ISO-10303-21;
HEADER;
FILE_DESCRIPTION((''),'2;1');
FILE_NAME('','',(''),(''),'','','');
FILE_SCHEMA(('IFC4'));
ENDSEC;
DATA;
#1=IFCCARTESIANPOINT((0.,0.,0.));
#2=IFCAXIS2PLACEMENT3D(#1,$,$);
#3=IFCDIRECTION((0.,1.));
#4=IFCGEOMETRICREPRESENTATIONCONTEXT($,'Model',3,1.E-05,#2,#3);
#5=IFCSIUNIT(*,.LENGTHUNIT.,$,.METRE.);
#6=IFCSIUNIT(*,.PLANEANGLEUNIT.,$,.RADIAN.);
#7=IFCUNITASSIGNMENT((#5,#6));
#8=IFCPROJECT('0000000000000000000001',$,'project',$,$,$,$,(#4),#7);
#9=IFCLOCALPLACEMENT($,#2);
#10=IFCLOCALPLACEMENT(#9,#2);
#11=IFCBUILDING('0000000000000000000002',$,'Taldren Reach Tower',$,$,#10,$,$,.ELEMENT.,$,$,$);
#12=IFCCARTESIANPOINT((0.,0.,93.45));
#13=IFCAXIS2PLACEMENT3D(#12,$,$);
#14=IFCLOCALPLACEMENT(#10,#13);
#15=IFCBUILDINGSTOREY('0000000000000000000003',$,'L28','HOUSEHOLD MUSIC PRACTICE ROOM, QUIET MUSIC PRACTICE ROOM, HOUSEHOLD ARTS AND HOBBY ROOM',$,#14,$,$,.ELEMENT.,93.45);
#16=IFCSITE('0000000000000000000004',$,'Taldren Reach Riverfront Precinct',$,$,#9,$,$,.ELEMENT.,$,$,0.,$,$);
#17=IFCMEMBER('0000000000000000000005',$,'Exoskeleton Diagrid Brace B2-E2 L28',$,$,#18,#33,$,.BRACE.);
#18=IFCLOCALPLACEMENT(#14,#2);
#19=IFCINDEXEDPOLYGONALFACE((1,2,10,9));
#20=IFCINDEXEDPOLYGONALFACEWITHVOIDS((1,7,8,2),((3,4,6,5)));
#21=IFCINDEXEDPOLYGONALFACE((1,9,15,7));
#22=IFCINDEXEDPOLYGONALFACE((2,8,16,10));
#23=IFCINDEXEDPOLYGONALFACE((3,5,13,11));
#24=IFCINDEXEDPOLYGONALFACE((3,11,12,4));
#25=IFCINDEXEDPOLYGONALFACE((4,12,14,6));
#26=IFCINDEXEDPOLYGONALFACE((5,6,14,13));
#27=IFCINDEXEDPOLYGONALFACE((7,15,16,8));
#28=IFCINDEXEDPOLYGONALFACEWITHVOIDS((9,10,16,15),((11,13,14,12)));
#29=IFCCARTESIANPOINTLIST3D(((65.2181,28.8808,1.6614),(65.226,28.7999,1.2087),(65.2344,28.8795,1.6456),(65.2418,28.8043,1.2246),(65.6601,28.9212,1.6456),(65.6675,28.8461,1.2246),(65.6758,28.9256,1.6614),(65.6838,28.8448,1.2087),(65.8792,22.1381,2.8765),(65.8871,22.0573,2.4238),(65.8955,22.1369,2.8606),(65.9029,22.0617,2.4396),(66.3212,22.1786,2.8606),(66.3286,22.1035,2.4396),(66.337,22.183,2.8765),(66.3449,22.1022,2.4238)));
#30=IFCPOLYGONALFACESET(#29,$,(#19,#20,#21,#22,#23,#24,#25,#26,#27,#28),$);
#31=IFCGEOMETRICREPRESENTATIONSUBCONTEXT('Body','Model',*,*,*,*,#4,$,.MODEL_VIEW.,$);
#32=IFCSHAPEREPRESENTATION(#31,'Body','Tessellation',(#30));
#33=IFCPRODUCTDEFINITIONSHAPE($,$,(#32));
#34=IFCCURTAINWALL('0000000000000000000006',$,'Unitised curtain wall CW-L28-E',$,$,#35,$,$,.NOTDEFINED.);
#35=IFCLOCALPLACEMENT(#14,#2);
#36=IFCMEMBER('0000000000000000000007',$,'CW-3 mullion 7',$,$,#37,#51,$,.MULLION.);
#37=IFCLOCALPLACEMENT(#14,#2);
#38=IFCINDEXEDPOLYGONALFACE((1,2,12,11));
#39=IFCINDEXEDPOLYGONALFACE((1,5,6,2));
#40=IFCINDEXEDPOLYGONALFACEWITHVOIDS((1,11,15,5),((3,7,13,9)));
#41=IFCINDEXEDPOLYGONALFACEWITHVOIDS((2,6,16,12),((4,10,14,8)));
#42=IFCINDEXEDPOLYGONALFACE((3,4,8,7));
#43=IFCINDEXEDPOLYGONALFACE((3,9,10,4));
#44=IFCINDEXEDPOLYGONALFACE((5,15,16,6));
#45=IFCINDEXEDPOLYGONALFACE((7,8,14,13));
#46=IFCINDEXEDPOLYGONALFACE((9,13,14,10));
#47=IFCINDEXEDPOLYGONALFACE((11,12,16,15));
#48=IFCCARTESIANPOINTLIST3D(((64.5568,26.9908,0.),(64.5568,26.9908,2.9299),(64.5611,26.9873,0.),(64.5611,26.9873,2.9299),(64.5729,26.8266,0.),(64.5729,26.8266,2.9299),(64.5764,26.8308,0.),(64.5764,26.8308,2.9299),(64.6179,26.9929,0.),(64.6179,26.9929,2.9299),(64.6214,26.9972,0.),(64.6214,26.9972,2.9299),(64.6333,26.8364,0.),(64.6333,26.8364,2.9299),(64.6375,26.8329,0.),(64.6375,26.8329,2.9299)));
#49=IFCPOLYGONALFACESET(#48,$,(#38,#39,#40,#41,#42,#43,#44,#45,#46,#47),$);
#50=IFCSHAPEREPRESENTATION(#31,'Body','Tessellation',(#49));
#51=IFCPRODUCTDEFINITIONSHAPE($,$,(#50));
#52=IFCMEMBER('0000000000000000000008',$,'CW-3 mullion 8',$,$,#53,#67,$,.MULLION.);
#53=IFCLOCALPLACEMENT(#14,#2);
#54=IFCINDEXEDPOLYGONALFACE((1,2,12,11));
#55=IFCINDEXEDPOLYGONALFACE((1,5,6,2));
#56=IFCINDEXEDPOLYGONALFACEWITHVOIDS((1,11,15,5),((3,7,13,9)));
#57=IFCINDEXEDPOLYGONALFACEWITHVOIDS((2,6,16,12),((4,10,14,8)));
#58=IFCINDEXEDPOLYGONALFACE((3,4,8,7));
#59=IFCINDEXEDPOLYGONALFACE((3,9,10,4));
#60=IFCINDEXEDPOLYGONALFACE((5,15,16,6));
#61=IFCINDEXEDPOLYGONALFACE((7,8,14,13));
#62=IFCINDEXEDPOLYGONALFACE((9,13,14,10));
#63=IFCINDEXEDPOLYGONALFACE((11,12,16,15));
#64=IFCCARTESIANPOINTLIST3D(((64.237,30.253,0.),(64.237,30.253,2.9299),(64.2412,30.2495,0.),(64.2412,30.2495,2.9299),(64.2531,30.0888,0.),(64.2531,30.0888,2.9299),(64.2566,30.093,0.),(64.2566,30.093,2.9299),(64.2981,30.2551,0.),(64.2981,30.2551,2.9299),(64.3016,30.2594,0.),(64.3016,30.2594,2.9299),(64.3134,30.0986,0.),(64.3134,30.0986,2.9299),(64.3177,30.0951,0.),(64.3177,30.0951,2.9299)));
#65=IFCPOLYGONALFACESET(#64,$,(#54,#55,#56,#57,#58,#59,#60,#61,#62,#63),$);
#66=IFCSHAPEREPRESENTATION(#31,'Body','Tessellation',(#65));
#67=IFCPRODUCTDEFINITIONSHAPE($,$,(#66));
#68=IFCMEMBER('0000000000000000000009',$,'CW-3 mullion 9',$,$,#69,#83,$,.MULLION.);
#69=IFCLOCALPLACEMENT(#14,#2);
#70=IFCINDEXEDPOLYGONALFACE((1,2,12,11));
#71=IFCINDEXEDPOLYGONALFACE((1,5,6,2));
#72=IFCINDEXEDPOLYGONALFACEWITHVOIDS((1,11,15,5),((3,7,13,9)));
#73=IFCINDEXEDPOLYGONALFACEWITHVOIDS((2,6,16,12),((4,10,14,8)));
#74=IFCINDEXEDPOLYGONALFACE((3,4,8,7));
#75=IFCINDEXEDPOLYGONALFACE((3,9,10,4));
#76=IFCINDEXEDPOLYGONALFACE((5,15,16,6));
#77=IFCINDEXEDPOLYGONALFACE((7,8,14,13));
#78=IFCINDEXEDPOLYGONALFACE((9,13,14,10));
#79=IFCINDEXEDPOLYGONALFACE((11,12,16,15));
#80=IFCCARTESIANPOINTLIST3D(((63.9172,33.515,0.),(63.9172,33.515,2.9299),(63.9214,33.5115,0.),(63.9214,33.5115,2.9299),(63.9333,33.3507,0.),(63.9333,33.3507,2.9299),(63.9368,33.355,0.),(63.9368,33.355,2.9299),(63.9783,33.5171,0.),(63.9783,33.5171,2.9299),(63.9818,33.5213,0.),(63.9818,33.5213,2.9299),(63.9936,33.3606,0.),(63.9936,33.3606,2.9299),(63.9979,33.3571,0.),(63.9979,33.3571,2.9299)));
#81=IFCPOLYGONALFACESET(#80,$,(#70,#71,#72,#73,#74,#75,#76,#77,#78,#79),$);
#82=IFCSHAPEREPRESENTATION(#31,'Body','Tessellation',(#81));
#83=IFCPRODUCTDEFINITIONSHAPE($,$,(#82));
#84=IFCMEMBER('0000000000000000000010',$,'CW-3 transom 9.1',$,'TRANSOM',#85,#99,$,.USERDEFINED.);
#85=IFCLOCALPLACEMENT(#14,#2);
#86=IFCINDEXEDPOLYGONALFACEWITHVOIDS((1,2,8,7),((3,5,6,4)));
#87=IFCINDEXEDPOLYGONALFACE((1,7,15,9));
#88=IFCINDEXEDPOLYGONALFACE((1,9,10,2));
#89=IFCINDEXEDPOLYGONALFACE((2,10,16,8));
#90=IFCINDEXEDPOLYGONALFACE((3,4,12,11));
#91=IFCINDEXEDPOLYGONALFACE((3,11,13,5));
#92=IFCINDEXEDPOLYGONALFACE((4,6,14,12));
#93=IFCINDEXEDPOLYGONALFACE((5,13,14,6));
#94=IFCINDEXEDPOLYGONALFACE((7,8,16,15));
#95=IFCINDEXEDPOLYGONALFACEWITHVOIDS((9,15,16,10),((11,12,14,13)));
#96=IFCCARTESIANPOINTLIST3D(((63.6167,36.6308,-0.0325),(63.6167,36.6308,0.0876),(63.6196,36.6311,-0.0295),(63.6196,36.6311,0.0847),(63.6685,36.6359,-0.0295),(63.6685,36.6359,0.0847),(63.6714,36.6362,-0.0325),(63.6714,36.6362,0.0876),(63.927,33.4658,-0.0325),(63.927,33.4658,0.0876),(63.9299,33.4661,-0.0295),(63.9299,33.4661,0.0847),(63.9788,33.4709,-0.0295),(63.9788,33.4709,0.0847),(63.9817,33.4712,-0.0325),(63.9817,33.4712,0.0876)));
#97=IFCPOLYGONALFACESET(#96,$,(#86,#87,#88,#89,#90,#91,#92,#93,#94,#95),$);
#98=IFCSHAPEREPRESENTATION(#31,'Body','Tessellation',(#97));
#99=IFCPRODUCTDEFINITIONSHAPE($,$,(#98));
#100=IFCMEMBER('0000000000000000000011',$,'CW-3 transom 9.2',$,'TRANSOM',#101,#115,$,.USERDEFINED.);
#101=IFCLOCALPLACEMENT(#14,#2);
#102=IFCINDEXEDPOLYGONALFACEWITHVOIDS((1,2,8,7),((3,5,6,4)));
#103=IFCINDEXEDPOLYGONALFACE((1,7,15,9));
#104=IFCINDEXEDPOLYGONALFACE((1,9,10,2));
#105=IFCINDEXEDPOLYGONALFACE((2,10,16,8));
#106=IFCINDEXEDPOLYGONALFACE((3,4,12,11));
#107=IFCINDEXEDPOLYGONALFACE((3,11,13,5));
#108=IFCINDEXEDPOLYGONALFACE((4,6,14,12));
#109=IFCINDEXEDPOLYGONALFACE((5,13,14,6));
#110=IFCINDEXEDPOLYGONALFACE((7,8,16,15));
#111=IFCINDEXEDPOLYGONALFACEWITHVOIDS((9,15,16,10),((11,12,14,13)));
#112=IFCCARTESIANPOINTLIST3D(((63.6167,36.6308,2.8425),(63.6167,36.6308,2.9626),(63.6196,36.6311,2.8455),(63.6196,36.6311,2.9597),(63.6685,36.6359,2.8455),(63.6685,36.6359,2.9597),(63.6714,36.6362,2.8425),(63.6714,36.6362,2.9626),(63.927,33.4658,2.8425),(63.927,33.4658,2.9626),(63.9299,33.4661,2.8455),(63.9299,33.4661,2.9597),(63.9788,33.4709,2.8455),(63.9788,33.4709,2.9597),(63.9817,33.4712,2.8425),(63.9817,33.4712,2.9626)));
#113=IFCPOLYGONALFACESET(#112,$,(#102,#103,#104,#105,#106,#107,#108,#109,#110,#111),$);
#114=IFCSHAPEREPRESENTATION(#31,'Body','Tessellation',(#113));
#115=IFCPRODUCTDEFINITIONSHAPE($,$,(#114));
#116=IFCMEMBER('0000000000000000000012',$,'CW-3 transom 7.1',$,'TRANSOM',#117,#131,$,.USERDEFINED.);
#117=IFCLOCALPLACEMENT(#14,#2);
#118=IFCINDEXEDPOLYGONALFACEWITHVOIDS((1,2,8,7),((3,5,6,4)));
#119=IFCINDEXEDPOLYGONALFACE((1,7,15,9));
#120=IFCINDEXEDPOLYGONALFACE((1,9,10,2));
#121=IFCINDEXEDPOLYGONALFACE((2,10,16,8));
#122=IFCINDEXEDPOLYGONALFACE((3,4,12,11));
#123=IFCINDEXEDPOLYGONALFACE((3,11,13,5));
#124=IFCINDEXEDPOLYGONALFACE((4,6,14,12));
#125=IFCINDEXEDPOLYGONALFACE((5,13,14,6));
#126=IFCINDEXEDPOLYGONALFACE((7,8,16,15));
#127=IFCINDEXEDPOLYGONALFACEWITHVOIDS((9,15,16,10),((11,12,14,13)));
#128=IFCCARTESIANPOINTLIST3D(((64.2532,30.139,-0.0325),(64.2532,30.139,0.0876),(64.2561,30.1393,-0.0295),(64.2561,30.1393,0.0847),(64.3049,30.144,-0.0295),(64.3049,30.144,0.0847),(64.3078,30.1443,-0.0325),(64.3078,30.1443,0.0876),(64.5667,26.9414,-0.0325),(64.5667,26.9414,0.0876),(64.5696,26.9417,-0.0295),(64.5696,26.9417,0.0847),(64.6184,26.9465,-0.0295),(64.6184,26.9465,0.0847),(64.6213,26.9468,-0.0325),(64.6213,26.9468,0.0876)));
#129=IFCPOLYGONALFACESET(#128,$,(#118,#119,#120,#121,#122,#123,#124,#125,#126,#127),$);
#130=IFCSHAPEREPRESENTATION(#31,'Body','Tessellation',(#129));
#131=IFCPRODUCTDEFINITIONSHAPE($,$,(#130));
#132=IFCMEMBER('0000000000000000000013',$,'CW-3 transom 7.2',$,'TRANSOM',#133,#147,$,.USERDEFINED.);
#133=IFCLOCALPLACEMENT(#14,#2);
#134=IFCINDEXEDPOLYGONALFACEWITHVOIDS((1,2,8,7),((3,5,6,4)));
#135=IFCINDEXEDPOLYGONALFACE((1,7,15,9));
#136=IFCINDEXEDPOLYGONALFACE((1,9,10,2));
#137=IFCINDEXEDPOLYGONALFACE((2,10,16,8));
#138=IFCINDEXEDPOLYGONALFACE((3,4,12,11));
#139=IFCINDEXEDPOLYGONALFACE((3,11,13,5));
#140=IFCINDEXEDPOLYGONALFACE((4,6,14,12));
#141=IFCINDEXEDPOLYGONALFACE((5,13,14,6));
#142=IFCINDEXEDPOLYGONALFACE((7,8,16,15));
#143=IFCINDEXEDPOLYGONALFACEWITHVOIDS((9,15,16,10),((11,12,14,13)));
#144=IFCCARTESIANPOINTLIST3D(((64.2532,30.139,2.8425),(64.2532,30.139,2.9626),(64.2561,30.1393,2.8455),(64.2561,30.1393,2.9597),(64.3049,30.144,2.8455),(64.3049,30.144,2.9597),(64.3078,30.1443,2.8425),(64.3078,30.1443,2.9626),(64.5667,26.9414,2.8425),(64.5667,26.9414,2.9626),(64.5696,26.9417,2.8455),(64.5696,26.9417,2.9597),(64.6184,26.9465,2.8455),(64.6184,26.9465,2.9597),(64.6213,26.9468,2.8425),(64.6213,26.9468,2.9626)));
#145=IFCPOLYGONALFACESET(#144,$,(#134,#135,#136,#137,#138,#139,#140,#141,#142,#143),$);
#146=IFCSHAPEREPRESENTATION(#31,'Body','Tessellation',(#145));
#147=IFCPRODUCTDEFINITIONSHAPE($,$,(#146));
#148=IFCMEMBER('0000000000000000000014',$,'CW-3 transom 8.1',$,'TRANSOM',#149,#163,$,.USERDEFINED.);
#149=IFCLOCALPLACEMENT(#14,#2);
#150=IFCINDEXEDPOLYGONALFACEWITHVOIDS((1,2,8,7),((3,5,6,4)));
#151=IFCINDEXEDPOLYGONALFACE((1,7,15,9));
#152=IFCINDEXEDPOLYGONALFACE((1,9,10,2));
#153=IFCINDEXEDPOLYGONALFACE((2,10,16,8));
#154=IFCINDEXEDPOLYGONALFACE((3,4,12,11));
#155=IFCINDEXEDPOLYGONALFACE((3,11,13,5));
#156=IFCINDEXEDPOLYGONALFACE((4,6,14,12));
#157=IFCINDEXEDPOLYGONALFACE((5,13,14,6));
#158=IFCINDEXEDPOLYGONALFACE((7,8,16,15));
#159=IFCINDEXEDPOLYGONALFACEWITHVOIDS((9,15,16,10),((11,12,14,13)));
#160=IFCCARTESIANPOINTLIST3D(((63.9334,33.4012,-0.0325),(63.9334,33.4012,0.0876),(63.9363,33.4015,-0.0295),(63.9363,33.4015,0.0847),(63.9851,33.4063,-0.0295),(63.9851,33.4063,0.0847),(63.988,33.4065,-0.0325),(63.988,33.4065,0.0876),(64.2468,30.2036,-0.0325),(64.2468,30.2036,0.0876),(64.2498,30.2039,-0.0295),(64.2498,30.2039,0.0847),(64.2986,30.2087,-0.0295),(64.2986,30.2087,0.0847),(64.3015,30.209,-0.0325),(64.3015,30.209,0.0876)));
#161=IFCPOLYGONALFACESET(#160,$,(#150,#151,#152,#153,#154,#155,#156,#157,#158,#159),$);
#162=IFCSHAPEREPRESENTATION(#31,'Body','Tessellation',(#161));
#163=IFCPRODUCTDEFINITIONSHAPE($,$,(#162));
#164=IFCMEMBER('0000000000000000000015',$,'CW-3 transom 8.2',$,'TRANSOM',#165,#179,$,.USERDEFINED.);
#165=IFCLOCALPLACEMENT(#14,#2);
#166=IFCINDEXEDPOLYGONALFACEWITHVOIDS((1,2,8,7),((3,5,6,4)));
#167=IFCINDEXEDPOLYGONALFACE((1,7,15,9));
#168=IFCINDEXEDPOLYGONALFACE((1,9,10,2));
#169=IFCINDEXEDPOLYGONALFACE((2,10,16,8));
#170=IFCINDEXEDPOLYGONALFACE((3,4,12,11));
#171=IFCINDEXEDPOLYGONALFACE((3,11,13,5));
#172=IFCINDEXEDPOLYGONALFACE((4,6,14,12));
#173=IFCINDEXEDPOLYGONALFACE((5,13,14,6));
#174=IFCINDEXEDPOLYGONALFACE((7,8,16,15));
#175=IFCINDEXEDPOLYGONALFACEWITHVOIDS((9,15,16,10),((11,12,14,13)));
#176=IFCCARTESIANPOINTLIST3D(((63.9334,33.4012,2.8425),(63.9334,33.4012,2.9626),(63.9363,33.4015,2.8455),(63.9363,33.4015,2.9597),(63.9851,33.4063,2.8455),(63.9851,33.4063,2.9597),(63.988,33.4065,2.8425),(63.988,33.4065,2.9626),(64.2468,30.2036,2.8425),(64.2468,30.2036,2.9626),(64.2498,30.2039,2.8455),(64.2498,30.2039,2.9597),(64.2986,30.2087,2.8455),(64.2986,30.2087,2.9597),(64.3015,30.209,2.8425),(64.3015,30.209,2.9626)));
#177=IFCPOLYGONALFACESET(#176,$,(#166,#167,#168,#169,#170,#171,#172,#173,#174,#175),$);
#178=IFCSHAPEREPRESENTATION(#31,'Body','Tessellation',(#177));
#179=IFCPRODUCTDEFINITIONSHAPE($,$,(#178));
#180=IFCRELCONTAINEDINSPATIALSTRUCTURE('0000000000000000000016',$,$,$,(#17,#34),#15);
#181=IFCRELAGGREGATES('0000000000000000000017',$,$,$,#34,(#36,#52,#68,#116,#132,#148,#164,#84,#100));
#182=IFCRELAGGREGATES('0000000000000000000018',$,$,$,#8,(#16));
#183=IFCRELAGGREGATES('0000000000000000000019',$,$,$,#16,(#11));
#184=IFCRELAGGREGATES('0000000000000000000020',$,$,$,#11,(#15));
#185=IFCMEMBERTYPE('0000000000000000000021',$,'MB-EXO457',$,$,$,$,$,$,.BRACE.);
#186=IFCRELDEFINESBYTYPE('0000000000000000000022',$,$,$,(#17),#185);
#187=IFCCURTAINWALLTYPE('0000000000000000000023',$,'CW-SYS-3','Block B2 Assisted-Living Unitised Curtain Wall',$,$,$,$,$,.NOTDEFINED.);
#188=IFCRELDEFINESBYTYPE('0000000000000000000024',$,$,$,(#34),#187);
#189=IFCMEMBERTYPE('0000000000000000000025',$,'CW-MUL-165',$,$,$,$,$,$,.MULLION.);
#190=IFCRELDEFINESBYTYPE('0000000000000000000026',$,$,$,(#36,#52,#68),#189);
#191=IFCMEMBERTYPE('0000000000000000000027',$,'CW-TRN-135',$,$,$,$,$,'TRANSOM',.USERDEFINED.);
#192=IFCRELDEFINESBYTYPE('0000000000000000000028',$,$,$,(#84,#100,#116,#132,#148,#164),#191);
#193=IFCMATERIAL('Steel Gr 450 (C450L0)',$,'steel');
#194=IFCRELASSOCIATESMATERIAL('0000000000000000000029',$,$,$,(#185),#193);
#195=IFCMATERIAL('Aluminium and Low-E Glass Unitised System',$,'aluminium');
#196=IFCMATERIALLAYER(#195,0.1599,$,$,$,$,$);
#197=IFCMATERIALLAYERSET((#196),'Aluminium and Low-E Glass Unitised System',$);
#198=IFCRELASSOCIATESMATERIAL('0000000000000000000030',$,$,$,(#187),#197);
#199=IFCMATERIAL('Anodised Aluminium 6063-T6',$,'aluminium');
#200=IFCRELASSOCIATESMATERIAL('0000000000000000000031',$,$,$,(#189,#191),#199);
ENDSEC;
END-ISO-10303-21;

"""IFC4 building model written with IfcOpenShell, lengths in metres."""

from ifc_helpers import new_model, si_unit, direction, frame, origin, origin_2d, place, context, subcontext, project, spatial, hollow_rectangle, extrude, source, transform, mapped, material, layer, layer_set, material_profile, profile_set, type_object, element, aggregate, save


model = new_model("IFC4")

# Units and contexts
model_context = context("Model", 3, precision=1e-05, world=origin(), true_north=direction((0.0, 1.0)))
body_context = subcontext(model_context, "Body", "Model", "MODEL_VIEW")
ifc_project = project(units=[si_unit("LENGTHUNIT", "METRE"), si_unit("PLANEANGLEUNIT", "RADIAN")], contexts=[model_context])

# Site, building, storey
site_placement = place(None, origin())
site = spatial("IfcSite", under=ifc_project, at=site_placement, Name="Taldren Reach Riverfront Precinct", CompositionType="ELEMENT", RefElevation=0.0)
building_placement = place(site_placement, origin())
building = spatial("IfcBuilding", under=site, at=building_placement, Name="Taldren Reach Tower", CompositionType="ELEMENT")
storey_placement = place(building_placement, frame((0.0, 0.0, 93.45)))
storey = spatial("IfcBuildingStorey", under=building, at=storey_placement, Name="L28", Description="HOUSEHOLD MUSIC PRACTICE ROOM, QUIET MUSIC PRACTICE ROOM, HOUSEHOLD ARTS AND HOBBY ROOM", CompositionType="ELEMENT", Elevation=93.45)

# Member
ifc_material_1 = material(Name="Steel Gr 450 (C450L0)", Category="steel")
ifc_material_profile_1 = material_profile(ifc_material_1, hollow_rectangle(XDim=0.46, YDim=0.46, WallThickness=0.0161, at=origin_2d()), Name="460x460x16.0SHS")
ifc_profile_set_1 = profile_set([ifc_material_profile_1], Name="Steel Gr 450 (C450L0)")
member_type_1 = type_object("IfcMemberType", Name="MB-EXO457", PredefinedType="BRACE", material=ifc_profile_set_1)
shared_shape_1 = source(origin(), body_context, "Body", "SweptSolid", [
    extrude(hollow_rectangle(XDim=0.46, YDim=0.46, WallThickness=0.0161, at=origin_2d()), origin(), (0.0, 0.0, 1.0), 6.8831),
])
member_1_placement = place(storey_placement, frame((65.4509, 28.8628, 1.4351), z_axis=(0.096051, -0.979597, 0.176532), x_axis=(0.995227, 0.097584, 0.0)))
element("IfcMember", 1, at=member_1_placement, inside=storey, type_object=member_type_1, Name="Exoskeleton Diagrid Brace B2-E2 L28", PredefinedType="BRACE", context=body_context, shape_type="MappedRepresentation", body=[
    mapped(shared_shape_1, transform((0.0, 0.0, 0.0), scale=1.0)),
])

# Curtain wall, members
ifc_material_2 = material(Name="Aluminium and Low-E Glass Unitised System", Category="aluminium")
ifc_layer_1 = layer(ifc_material_2, 0.1599)
ifc_layer_set_1 = layer_set([ifc_layer_1], Name="Aluminium and Low-E Glass Unitised System")
curtain_wall_type = type_object("IfcCurtainWallType", Name="CW-SYS-3", Description="Block B2 Assisted-Living Unitised Curtain Wall", PredefinedType="NOTDEFINED", material=ifc_layer_set_1)
curtain_wall_placement = place(storey_placement, origin())
curtain_wall = element("IfcCurtainWall", 2, at=curtain_wall_placement, inside=storey, type_object=curtain_wall_type, Name="Unitised curtain wall CW-L28-E", PredefinedType="NOTDEFINED")
ifc_material_3 = material(Name="Anodised Aluminium 6063-T6", Category="aluminium")
ifc_material_profile_2 = material_profile(ifc_material_3, hollow_rectangle(XDim=0.0649, YDim=0.165, WallThickness=0.0039, at=origin_2d()), Name="ALU-165x65x4RHS")
ifc_profile_set_2 = profile_set([ifc_material_profile_2], Name="Anodised Aluminium 6063-T6")
member_type_2 = type_object("IfcMemberType", Name="CW-MUL-165", PredefinedType="MULLION", material=ifc_profile_set_2)
shared_shape_2 = source(origin(), body_context, "Body", "SweptSolid", [
    extrude(hollow_rectangle(XDim=0.0649, YDim=0.165, WallThickness=0.0039, at=origin_2d()), origin(), (0.0, 0.0, 1.0), 2.9299),
])
member_2_placement = place(storey_placement, frame((64.5972, 26.9119, 0.0), z_axis=(0.0, 0.0, 1.0), x_axis=(-0.995227, -0.097583, 0.0)))
member_2 = element("IfcMember", 3, at=member_2_placement, type_object=member_type_2, Name="CW-3 mullion 7", PredefinedType="MULLION", context=body_context, shape_type="MappedRepresentation", body=[
    mapped(shared_shape_2, transform((0.0, 0.0, 0.0), scale=1.0)),
])
member_3_placement = place(storey_placement, frame((64.2773, 30.1741, 0.0), z_axis=(0.0, 0.0, 1.0), x_axis=(-0.995227, -0.097583, 0.0)))
member_3 = element("IfcMember", 4, at=member_3_placement, type_object=member_type_2, Name="CW-3 mullion 8", PredefinedType="MULLION", context=body_context, shape_type="MappedRepresentation", body=[
    mapped(shared_shape_2, transform((0.0, 0.0, 0.0), scale=1.0)),
])
member_4_placement = place(storey_placement, frame((63.9575, 33.436, 0.0), z_axis=(0.0, 0.0, 1.0), x_axis=(-0.995227, -0.097583, 0.0)))
member_4 = element("IfcMember", 5, at=member_4_placement, type_object=member_type_2, Name="CW-3 mullion 9", PredefinedType="MULLION", context=body_context, shape_type="MappedRepresentation", body=[
    mapped(shared_shape_2, transform((0.0, 0.0, 0.0), scale=1.0)),
])
ifc_material_profile_3 = material_profile(ifc_material_3, hollow_rectangle(XDim=0.0549, YDim=0.1201, WallThickness=0.0029, at=origin_2d()), Name="ALU-120x55x3RHS")
ifc_profile_set_3 = profile_set([ifc_material_profile_3], Name="Anodised Aluminium 6063-T6")
member_type_3 = type_object("IfcMemberType", Name="CW-TRN-135", ElementType="TRANSOM", PredefinedType="USERDEFINED", material=ifc_profile_set_3)
shared_shape_3 = source(origin(), body_context, "Body", "SweptSolid", [
    extrude(hollow_rectangle(XDim=0.0549, YDim=0.1201, WallThickness=0.0029, at=origin_2d()), origin(), (0.0, 0.0, 1.0), 3.1802),
])
member_5_placement = place(storey_placement, frame((63.9543, 33.4685, 0.0276), z_axis=(-0.097573, 0.995228, 0.0), x_axis=(-0.995228, -0.097573, 0.0)))
member_5 = element("IfcMember", 6, at=member_5_placement, type_object=member_type_3, Name="CW-3 transom 9.1", ObjectType="TRANSOM", PredefinedType="USERDEFINED", context=body_context, shape_type="MappedRepresentation", body=[
    mapped(shared_shape_3, transform((0.0, 0.0, 0.0), scale=1.0)),
])
member_6_placement = place(storey_placement, frame((63.9543, 33.4685, 2.9026), z_axis=(-0.097573, 0.995228, 0.0), x_axis=(-0.995228, -0.097573, 0.0)))
member_6 = element("IfcMember", 7, at=member_6_placement, type_object=member_type_3, Name="CW-3 transom 9.2", ObjectType="TRANSOM", PredefinedType="USERDEFINED", context=body_context, shape_type="MappedRepresentation", body=[
    mapped(shared_shape_3, transform((0.0, 0.0, 0.0), scale=1.0)),
])
shared_shape_4 = source(origin(), body_context, "Body", "SweptSolid", [
    extrude(hollow_rectangle(XDim=0.0549, YDim=0.1201, WallThickness=0.0029, at=origin_2d()), origin(), (0.0, 0.0, 1.0), 3.2129),
])
member_7_placement = place(storey_placement, frame((64.594, 26.9441, 0.0276), z_axis=(-0.09757, 0.995229, 0.0), x_axis=(-0.995229, -0.09757, 0.0)))
member_7 = element("IfcMember", 8, at=member_7_placement, type_object=member_type_3, Name="CW-3 transom 7.1", ObjectType="TRANSOM", PredefinedType="USERDEFINED", context=body_context, shape_type="MappedRepresentation", body=[
    mapped(shared_shape_4, transform((0.0, 0.0, 0.0), scale=1.0)),
])
member_8_placement = place(storey_placement, frame((64.594, 26.9441, 2.9026), z_axis=(-0.09757, 0.995229, 0.0), x_axis=(-0.995229, -0.09757, 0.0)))
member_8 = element("IfcMember", 9, at=member_8_placement, type_object=member_type_3, Name="CW-3 transom 7.2", ObjectType="TRANSOM", PredefinedType="USERDEFINED", context=body_context, shape_type="MappedRepresentation", body=[
    mapped(shared_shape_4, transform((0.0, 0.0, 0.0), scale=1.0)),
])
member_9_placement = place(storey_placement, frame((64.2742, 30.2063, 0.0276), z_axis=(-0.09757, 0.995229, 0.0), x_axis=(-0.995229, -0.09757, 0.0)))
member_9 = element("IfcMember", 10, at=member_9_placement, type_object=member_type_3, Name="CW-3 transom 8.1", ObjectType="TRANSOM", PredefinedType="USERDEFINED", context=body_context, shape_type="MappedRepresentation", body=[
    mapped(shared_shape_4, transform((0.0, 0.0, 0.0), scale=1.0)),
])
member_10_placement = place(storey_placement, frame((64.2742, 30.2063, 2.9026), z_axis=(-0.09757, 0.995229, 0.0), x_axis=(-0.995229, -0.09757, 0.0)))
member_10 = element("IfcMember", 11, at=member_10_placement, type_object=member_type_3, Name="CW-3 transom 8.2", ObjectType="TRANSOM", PredefinedType="USERDEFINED", context=body_context, shape_type="MappedRepresentation", body=[
    mapped(shared_shape_4, transform((0.0, 0.0, 0.0), scale=1.0)),
])
aggregate(curtain_wall, [member_2, member_3, member_4, member_7, member_8, member_9, member_10, member_5, member_6])

save(model, "model.ifc")
